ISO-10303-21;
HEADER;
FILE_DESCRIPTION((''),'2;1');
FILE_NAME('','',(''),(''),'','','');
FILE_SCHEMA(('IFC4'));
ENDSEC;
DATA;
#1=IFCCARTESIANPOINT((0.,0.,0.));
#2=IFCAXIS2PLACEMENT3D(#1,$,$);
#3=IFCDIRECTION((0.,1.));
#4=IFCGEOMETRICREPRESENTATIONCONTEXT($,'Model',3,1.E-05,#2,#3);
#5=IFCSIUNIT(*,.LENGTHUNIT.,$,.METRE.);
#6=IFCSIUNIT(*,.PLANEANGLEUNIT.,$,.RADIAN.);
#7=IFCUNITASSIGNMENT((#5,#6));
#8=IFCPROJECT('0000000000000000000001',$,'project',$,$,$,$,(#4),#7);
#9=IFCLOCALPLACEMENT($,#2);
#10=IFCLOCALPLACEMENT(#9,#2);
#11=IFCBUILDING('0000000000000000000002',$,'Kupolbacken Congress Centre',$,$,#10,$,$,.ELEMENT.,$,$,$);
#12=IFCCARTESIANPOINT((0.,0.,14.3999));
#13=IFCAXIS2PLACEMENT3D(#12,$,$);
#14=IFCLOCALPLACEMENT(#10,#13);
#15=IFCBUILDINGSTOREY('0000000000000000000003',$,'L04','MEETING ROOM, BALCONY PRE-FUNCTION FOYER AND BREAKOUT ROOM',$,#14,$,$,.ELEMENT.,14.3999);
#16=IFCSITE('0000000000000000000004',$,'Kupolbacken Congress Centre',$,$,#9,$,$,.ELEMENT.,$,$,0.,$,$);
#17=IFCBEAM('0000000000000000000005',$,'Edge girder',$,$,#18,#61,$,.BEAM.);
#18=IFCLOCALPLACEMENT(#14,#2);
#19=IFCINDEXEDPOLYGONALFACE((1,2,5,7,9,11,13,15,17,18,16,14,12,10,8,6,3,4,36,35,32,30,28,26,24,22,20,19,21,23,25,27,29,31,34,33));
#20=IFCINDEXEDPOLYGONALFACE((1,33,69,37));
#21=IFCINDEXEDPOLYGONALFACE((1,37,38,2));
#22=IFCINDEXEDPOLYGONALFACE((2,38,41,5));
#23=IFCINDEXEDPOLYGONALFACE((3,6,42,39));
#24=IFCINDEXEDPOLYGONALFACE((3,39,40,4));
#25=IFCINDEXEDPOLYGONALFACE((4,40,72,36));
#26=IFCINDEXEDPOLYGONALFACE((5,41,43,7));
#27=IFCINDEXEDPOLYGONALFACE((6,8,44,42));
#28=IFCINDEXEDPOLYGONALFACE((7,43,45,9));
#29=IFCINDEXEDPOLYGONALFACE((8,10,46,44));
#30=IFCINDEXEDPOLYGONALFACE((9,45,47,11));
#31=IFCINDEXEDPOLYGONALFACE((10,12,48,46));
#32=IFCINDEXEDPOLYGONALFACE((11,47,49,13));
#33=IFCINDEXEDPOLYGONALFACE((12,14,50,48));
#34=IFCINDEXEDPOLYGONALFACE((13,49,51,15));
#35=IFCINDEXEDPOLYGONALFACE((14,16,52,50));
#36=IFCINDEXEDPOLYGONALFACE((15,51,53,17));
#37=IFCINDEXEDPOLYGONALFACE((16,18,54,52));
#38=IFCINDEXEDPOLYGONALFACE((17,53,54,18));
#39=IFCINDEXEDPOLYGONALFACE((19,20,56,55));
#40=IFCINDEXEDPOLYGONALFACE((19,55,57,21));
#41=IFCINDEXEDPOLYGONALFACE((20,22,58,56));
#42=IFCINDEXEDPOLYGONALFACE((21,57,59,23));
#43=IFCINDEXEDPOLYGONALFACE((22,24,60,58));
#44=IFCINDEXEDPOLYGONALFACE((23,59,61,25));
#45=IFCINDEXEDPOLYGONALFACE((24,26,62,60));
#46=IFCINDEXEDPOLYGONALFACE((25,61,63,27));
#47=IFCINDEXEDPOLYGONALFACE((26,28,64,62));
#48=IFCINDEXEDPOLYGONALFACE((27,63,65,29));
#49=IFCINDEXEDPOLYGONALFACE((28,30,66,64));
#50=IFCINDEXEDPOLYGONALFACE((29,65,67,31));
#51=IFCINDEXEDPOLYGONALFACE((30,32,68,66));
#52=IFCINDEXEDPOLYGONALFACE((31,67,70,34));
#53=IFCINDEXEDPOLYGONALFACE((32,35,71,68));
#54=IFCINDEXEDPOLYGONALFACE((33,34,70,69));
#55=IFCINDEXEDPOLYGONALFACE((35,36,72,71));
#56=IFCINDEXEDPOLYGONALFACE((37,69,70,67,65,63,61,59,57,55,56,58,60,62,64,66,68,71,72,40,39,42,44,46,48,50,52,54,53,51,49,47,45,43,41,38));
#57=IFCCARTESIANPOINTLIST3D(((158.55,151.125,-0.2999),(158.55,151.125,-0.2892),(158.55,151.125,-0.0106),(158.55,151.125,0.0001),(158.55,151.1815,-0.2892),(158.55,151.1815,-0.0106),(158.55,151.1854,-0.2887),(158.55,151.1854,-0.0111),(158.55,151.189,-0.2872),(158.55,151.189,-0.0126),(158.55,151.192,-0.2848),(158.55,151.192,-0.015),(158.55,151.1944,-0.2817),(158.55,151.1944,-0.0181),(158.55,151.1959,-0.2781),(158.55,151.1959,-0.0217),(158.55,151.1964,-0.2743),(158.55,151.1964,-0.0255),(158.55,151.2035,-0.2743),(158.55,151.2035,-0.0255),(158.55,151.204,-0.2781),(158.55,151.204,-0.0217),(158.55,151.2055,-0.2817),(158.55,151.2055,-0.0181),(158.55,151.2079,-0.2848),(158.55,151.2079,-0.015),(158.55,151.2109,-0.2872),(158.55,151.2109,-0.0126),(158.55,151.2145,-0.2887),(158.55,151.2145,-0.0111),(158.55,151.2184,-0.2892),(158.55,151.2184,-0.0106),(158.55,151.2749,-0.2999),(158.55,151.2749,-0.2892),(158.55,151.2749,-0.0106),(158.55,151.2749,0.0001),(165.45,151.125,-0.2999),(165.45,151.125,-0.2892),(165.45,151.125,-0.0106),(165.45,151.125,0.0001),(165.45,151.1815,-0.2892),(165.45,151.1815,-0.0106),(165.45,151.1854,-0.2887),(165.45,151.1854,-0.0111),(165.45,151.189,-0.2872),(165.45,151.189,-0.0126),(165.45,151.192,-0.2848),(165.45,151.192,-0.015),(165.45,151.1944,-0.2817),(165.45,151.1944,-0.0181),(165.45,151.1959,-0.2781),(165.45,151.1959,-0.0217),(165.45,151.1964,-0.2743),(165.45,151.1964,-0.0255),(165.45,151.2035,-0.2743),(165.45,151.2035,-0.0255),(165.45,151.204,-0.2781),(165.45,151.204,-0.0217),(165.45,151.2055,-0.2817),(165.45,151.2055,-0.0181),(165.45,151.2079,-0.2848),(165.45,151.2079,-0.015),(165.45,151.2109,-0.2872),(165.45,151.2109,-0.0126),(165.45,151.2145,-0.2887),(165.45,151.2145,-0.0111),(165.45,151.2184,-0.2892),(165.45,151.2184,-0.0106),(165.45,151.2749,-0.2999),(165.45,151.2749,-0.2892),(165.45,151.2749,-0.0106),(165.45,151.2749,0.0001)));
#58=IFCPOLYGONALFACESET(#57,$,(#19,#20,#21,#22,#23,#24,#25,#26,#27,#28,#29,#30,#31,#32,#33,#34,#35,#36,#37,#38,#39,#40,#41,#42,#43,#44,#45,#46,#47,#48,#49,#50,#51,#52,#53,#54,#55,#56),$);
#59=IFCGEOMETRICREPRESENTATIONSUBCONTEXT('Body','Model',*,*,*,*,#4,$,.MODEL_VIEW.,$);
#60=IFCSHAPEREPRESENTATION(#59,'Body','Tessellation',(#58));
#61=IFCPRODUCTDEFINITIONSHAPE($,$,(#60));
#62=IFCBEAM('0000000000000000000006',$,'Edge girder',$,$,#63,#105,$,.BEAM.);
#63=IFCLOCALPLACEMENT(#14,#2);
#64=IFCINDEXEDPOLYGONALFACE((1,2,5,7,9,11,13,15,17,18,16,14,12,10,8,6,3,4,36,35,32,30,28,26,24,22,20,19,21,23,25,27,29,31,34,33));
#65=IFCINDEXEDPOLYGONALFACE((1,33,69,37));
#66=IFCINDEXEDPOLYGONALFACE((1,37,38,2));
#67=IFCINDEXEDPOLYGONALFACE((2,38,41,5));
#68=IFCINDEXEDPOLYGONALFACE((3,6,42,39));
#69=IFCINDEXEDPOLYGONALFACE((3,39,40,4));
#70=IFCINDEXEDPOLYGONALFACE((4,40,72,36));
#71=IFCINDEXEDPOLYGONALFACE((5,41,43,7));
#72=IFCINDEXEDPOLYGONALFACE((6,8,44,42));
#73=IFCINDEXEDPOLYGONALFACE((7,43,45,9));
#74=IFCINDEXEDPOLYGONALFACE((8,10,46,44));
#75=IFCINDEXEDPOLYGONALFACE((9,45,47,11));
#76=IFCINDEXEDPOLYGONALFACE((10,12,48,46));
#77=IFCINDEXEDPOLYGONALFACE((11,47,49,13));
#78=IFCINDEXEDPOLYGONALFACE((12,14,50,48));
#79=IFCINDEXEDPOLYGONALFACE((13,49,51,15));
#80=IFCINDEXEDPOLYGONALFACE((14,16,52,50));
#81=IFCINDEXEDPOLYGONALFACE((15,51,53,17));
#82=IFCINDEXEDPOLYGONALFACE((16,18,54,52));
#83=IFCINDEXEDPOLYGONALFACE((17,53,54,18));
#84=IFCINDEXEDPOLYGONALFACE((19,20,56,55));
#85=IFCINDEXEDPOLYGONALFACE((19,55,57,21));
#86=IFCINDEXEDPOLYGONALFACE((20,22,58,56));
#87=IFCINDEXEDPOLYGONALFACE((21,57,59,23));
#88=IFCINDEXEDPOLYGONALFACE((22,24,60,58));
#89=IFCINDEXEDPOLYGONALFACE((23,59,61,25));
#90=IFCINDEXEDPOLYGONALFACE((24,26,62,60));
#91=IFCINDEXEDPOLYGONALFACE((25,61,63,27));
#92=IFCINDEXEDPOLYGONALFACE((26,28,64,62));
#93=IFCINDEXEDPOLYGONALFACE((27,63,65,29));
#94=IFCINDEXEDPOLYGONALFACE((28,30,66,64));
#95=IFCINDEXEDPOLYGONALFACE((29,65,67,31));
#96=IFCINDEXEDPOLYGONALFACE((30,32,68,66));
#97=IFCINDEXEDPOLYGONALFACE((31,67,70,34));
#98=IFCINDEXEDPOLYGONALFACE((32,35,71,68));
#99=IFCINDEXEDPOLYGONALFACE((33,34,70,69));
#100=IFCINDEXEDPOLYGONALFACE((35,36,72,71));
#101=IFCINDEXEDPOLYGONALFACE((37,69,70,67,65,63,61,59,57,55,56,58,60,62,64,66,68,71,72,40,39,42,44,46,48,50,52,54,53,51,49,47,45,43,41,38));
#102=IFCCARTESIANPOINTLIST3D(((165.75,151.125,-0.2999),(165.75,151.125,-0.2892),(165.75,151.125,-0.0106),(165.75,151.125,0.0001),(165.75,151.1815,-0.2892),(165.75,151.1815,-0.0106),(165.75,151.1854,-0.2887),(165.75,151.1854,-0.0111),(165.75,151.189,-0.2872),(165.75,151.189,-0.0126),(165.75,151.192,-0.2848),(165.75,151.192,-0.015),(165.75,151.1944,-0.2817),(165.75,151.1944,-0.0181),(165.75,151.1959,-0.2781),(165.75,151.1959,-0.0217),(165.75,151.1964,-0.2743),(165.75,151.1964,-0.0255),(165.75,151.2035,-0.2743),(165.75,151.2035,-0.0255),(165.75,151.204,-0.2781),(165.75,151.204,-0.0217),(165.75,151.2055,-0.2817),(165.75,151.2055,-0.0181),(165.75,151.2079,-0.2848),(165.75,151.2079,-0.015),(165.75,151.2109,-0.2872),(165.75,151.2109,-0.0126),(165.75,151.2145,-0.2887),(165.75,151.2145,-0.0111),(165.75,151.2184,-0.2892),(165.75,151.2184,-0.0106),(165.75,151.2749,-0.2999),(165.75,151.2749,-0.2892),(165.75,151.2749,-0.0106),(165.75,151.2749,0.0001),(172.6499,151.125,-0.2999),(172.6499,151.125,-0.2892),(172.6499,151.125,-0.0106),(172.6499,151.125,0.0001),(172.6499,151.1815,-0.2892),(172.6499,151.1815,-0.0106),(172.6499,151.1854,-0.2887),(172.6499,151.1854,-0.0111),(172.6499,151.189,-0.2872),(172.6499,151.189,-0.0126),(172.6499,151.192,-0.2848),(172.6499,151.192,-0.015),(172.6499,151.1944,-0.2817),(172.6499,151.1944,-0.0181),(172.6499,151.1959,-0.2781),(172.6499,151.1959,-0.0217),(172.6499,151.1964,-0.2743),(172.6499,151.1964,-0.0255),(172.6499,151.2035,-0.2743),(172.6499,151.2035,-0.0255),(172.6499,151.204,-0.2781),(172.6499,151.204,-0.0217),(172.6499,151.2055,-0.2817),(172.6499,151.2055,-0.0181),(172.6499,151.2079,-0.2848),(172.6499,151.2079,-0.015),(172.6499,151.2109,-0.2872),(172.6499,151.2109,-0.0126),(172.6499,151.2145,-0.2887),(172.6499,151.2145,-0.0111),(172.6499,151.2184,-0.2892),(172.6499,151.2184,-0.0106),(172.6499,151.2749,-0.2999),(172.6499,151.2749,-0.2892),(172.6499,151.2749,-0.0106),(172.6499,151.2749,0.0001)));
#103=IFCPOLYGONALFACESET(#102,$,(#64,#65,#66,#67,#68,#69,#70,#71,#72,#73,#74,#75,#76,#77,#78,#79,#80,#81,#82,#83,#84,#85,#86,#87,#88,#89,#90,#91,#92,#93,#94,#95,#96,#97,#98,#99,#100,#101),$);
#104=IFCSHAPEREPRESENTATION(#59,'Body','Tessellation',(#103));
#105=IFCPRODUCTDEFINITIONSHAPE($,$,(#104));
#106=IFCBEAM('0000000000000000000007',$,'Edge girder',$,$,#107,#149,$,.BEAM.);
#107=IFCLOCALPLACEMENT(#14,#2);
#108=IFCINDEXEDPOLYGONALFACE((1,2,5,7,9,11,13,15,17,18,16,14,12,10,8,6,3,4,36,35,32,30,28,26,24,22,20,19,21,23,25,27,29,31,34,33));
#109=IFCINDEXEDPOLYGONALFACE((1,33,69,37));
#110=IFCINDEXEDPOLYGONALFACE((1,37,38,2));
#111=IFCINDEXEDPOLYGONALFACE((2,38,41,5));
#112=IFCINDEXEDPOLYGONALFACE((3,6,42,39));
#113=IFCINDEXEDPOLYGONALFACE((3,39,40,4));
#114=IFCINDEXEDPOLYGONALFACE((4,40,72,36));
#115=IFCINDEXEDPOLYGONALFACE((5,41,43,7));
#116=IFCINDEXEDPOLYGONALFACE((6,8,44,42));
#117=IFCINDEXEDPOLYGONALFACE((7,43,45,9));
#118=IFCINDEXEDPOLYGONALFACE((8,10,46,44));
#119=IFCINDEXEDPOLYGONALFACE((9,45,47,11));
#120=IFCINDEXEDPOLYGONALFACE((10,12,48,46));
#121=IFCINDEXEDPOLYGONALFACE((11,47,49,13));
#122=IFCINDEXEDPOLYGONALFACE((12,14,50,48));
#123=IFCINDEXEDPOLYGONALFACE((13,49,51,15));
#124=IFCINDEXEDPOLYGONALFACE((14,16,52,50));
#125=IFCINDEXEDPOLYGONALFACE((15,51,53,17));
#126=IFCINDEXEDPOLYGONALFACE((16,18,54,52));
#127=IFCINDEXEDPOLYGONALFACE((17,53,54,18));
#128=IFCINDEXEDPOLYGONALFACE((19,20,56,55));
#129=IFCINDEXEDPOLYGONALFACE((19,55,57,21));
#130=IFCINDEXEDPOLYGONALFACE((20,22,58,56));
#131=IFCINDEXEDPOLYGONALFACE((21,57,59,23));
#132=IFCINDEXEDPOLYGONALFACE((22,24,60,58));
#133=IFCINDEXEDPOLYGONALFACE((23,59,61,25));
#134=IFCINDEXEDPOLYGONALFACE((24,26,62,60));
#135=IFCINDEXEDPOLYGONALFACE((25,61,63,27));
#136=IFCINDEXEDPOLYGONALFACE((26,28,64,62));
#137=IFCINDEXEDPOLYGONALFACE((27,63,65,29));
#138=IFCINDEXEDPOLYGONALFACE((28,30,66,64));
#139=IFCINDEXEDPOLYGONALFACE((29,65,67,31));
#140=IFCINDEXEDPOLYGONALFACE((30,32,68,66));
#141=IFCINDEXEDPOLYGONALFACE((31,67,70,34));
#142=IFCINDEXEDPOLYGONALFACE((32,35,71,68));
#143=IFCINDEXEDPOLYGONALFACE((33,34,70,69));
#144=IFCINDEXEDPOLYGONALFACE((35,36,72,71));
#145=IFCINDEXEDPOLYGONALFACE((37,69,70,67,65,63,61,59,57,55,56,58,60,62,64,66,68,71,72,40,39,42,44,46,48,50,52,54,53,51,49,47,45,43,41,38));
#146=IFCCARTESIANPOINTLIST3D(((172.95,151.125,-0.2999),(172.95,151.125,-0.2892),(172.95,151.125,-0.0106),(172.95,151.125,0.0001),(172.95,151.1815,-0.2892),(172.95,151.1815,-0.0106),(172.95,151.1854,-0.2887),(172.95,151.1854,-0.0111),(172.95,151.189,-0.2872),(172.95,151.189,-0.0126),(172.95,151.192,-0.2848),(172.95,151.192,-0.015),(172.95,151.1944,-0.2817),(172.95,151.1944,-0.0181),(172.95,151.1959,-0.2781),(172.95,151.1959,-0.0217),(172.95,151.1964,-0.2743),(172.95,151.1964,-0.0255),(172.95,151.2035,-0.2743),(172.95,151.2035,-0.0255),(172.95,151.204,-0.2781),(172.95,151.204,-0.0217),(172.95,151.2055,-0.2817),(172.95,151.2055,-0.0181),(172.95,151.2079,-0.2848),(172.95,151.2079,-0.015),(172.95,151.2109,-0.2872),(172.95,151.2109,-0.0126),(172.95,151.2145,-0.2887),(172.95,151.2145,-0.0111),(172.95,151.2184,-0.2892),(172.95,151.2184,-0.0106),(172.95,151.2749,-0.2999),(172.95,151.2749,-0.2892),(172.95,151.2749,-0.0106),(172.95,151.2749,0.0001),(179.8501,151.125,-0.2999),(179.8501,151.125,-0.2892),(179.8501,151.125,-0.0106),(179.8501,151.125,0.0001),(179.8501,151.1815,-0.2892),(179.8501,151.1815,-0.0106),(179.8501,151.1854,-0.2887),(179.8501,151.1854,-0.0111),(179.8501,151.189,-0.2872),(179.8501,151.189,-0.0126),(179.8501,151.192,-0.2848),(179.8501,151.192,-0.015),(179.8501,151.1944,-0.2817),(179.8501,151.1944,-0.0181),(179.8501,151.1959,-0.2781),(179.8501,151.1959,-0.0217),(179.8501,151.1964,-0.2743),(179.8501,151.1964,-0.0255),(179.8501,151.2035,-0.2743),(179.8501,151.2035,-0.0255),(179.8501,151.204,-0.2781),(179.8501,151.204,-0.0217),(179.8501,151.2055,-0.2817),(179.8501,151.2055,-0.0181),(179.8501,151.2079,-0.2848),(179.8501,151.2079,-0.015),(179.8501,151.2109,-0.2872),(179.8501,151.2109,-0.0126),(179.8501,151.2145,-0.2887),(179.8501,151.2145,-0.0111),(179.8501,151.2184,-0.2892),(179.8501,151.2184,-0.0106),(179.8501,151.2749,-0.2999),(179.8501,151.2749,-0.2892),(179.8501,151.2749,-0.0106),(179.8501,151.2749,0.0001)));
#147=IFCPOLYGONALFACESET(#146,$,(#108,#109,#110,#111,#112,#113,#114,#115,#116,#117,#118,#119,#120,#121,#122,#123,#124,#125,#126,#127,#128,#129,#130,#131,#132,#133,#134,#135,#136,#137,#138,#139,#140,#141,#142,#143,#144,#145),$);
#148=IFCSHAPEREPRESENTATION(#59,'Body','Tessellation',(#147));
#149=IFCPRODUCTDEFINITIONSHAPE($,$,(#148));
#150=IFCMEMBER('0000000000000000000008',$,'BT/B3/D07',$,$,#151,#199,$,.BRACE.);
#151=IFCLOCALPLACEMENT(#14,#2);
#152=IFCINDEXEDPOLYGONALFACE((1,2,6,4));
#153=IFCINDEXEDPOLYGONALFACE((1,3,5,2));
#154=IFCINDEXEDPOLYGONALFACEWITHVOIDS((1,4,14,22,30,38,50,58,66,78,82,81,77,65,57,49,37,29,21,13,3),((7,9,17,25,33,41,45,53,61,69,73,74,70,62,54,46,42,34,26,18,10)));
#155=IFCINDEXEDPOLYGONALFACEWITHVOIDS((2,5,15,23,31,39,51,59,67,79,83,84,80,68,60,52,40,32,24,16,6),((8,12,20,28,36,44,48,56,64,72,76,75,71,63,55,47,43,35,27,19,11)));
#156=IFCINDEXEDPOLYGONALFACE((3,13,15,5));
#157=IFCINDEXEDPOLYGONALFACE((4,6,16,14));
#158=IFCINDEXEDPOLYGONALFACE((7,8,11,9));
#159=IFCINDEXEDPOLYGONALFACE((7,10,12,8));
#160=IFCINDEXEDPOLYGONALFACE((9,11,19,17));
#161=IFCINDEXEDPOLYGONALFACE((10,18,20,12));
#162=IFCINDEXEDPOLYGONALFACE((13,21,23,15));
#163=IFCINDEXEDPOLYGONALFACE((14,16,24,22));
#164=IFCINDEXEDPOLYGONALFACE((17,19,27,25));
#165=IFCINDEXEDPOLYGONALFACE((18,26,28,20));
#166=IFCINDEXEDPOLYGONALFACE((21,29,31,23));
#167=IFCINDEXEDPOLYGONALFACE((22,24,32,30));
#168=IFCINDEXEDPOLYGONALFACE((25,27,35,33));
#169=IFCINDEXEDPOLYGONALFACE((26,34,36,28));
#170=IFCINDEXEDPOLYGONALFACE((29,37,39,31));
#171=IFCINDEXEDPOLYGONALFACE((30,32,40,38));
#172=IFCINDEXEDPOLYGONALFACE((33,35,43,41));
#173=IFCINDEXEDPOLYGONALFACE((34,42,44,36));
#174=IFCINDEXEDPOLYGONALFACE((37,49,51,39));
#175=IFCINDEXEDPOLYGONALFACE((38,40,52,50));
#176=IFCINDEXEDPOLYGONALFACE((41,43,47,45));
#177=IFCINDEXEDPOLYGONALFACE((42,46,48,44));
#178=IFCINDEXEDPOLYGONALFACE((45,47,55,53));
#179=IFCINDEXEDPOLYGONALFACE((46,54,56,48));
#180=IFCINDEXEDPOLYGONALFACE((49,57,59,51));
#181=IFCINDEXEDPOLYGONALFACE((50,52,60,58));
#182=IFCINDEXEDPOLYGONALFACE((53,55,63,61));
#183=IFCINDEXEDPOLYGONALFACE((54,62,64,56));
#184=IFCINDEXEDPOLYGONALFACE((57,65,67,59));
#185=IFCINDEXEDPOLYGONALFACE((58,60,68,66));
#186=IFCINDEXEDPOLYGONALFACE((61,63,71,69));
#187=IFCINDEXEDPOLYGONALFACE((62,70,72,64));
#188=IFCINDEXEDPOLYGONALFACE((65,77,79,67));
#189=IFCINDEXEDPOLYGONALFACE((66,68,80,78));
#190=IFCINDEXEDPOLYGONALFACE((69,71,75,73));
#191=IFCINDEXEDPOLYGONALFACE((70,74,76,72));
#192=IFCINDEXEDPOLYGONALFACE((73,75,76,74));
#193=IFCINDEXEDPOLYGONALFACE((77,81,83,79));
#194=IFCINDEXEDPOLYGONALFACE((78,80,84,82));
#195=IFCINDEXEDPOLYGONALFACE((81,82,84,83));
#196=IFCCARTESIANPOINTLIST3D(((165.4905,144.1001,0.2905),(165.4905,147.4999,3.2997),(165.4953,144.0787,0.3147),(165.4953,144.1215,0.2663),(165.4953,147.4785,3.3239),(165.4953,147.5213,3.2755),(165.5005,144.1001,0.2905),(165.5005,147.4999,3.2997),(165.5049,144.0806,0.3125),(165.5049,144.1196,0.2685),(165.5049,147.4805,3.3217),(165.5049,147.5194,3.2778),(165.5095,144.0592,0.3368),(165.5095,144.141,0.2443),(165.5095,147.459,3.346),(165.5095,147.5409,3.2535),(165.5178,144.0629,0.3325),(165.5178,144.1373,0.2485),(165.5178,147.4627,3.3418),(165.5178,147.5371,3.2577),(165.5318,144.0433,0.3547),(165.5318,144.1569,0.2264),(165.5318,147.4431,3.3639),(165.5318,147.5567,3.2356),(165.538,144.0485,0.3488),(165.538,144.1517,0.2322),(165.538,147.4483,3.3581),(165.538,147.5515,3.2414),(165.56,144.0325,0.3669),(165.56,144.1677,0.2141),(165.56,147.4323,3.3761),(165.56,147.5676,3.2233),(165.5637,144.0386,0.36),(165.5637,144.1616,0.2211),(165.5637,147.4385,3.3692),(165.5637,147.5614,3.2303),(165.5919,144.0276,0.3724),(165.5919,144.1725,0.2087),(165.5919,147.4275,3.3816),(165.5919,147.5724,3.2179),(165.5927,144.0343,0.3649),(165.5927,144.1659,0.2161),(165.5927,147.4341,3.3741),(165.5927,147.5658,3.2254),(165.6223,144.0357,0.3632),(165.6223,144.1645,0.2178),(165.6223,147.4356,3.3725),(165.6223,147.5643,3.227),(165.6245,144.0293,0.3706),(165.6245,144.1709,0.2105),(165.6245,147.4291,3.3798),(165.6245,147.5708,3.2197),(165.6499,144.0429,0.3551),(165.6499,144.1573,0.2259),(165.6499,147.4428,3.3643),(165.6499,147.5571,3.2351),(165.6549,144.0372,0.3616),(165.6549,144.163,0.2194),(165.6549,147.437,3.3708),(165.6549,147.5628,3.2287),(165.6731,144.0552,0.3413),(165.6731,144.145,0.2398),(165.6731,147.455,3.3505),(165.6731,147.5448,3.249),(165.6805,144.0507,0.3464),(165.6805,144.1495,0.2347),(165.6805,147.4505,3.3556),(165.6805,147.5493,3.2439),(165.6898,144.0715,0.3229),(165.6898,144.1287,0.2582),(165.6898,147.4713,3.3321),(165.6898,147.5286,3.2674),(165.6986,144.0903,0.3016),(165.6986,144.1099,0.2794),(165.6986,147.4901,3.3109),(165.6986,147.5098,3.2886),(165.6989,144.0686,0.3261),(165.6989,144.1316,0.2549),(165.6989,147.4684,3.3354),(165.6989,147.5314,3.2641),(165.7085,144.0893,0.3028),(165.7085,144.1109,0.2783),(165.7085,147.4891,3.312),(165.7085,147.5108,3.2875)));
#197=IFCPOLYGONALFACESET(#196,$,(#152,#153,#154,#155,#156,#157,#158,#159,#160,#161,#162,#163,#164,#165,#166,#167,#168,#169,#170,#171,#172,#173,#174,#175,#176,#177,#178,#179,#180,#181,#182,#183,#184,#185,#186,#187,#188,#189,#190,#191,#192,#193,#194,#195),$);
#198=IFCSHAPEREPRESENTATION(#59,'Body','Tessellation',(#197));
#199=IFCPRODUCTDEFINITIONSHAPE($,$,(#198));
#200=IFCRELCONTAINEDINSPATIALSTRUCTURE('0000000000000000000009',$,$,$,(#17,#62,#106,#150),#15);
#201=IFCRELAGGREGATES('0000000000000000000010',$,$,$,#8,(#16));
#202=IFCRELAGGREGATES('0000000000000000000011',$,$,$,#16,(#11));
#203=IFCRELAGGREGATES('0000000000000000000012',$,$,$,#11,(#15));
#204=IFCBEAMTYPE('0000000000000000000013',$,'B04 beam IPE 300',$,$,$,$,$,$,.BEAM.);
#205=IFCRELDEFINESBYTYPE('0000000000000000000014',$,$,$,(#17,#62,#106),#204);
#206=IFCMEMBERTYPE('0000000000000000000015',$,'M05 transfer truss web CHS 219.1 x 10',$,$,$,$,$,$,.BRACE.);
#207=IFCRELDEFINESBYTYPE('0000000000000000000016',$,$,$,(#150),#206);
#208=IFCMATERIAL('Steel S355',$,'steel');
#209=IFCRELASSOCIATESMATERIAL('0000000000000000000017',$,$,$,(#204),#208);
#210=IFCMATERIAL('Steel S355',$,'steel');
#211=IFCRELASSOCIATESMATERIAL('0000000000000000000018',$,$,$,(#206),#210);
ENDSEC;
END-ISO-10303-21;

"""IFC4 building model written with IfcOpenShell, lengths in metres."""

from ifc_helpers import new_model, si_unit, direction, frame, origin, origin_2d, place, context, subcontext, project, spatial, hollow_circle, i_section, extrude, material, material_profile, profile_set, type_object, element, save


model = new_model("IFC4")

# Units and contexts
model_context = context("Model", 3, precision=1e-05, world=origin(), true_north=direction((0.0, 1.0)))
body_context = subcontext(model_context, "Body", "Model", "MODEL_VIEW")
ifc_project = project(units=[si_unit("LENGTHUNIT", "METRE"), si_unit("PLANEANGLEUNIT", "RADIAN")], contexts=[model_context])

# Site, building, storey
site_placement = place(None, origin())
site = spatial("IfcSite", under=ifc_project, at=site_placement, Name="Kupolbacken Congress Centre", CompositionType="ELEMENT", RefElevation=0.0)
building_placement = place(site_placement, origin())
building = spatial("IfcBuilding", under=site, at=building_placement, Name="Kupolbacken Congress Centre", CompositionType="ELEMENT")
storey_placement = place(building_placement, frame((0.0, 0.0, 14.3999)))
storey = spatial("IfcBuildingStorey", under=building, at=storey_placement, Name="L04", Description="MEETING ROOM, BALCONY PRE-FUNCTION FOYER AND BREAKOUT ROOM", CompositionType="ELEMENT", Elevation=14.3999)

# Beams
ifc_material_1 = material(Name="Steel S355", Category="steel")
ifc_material_profile_1 = material_profile(ifc_material_1, i_section(OverallWidth=0.1499, OverallDepth=0.3, WebThickness=0.0071, FlangeThickness=0.0107, FilletRadius=0.0149, at=origin_2d()), Name="IPE 300")
ifc_profile_set_1 = profile_set([ifc_material_profile_1], Name="Steel S355")
beam_type = type_object("IfcBeamType", Name="B04 beam IPE 300", PredefinedType="BEAM", material=ifc_profile_set_1)
for number, where, z_axis, x_axis, name in (
    (1, (158.55, 151.2, -0.1499), (1.0, 0.0, 0.0), (0.0, 1.0, 0.0), "Edge girder"),
    (2, (165.75, 151.2, -0.1499), (1.0, 0.0, 0.0), (0.0, 1.0, 0.0), "Edge girder"),
):
    element("IfcBeam", number, at=place(storey_placement, frame(where, z_axis=z_axis, x_axis=x_axis)), inside=storey, type_object=beam_type, Name=name, PredefinedType="BEAM", context=body_context, shape_type="SweptSolid", body=[
        extrude(i_section(OverallWidth=0.1499, OverallDepth=0.3, WebThickness=0.0071, FlangeThickness=0.0107, FilletRadius=0.0149, at=origin_2d()), origin(), (0.0, 0.0, 1.0), 6.8999),
    ])
beam_placement = place(storey_placement, frame((172.95, 151.2, -0.1499), z_axis=(1.0, 0.0, 0.0), x_axis=(0.0, 1.0, 0.0)))
element("IfcBeam", 3, at=beam_placement, inside=storey, type_object=beam_type, Name="Edge girder", PredefinedType="BEAM", context=body_context, shape_type="SweptSolid", body=[
    extrude(i_section(OverallWidth=0.1499, OverallDepth=0.3, WebThickness=0.0071, FlangeThickness=0.0107, FilletRadius=0.0149, at=origin_2d()), origin(), (0.0, 0.0, 1.0), 6.9001),
])

# Member
ifc_material_2 = material(Name="Steel S355", Category="steel")
ifc_material_profile_2 = material_profile(ifc_material_2, hollow_circle(Radius=0.1096, WallThickness=0.01, at=origin_2d()), Name="CHS 219.1 x 10")
ifc_profile_set_2 = profile_set([ifc_material_profile_2], Name="Steel S355")
member_type_1 = type_object("IfcMemberType", Name="M05 transfer truss web CHS 219.1 x 10", PredefinedType="BRACE", material=ifc_profile_set_2)
member_1_placement = place(storey_placement, frame((165.6001, 144.1001, 0.2905), z_axis=(0.0, 0.748814, 0.66278), x_axis=(-1.0, 0.0, 0.0)))
element("IfcMember", 4, at=member_1_placement, inside=storey, type_object=member_type_1, Name="BT/B3/D07", PredefinedType="BRACE", context=body_context, shape_type="SweptSolid", body=[
    extrude(hollow_circle(Radius=0.1096, WallThickness=0.01, at=origin_2d()), origin(), (0.0, 0.0, 1.0), 4.5403),
])

save(model, "model.ifc")
